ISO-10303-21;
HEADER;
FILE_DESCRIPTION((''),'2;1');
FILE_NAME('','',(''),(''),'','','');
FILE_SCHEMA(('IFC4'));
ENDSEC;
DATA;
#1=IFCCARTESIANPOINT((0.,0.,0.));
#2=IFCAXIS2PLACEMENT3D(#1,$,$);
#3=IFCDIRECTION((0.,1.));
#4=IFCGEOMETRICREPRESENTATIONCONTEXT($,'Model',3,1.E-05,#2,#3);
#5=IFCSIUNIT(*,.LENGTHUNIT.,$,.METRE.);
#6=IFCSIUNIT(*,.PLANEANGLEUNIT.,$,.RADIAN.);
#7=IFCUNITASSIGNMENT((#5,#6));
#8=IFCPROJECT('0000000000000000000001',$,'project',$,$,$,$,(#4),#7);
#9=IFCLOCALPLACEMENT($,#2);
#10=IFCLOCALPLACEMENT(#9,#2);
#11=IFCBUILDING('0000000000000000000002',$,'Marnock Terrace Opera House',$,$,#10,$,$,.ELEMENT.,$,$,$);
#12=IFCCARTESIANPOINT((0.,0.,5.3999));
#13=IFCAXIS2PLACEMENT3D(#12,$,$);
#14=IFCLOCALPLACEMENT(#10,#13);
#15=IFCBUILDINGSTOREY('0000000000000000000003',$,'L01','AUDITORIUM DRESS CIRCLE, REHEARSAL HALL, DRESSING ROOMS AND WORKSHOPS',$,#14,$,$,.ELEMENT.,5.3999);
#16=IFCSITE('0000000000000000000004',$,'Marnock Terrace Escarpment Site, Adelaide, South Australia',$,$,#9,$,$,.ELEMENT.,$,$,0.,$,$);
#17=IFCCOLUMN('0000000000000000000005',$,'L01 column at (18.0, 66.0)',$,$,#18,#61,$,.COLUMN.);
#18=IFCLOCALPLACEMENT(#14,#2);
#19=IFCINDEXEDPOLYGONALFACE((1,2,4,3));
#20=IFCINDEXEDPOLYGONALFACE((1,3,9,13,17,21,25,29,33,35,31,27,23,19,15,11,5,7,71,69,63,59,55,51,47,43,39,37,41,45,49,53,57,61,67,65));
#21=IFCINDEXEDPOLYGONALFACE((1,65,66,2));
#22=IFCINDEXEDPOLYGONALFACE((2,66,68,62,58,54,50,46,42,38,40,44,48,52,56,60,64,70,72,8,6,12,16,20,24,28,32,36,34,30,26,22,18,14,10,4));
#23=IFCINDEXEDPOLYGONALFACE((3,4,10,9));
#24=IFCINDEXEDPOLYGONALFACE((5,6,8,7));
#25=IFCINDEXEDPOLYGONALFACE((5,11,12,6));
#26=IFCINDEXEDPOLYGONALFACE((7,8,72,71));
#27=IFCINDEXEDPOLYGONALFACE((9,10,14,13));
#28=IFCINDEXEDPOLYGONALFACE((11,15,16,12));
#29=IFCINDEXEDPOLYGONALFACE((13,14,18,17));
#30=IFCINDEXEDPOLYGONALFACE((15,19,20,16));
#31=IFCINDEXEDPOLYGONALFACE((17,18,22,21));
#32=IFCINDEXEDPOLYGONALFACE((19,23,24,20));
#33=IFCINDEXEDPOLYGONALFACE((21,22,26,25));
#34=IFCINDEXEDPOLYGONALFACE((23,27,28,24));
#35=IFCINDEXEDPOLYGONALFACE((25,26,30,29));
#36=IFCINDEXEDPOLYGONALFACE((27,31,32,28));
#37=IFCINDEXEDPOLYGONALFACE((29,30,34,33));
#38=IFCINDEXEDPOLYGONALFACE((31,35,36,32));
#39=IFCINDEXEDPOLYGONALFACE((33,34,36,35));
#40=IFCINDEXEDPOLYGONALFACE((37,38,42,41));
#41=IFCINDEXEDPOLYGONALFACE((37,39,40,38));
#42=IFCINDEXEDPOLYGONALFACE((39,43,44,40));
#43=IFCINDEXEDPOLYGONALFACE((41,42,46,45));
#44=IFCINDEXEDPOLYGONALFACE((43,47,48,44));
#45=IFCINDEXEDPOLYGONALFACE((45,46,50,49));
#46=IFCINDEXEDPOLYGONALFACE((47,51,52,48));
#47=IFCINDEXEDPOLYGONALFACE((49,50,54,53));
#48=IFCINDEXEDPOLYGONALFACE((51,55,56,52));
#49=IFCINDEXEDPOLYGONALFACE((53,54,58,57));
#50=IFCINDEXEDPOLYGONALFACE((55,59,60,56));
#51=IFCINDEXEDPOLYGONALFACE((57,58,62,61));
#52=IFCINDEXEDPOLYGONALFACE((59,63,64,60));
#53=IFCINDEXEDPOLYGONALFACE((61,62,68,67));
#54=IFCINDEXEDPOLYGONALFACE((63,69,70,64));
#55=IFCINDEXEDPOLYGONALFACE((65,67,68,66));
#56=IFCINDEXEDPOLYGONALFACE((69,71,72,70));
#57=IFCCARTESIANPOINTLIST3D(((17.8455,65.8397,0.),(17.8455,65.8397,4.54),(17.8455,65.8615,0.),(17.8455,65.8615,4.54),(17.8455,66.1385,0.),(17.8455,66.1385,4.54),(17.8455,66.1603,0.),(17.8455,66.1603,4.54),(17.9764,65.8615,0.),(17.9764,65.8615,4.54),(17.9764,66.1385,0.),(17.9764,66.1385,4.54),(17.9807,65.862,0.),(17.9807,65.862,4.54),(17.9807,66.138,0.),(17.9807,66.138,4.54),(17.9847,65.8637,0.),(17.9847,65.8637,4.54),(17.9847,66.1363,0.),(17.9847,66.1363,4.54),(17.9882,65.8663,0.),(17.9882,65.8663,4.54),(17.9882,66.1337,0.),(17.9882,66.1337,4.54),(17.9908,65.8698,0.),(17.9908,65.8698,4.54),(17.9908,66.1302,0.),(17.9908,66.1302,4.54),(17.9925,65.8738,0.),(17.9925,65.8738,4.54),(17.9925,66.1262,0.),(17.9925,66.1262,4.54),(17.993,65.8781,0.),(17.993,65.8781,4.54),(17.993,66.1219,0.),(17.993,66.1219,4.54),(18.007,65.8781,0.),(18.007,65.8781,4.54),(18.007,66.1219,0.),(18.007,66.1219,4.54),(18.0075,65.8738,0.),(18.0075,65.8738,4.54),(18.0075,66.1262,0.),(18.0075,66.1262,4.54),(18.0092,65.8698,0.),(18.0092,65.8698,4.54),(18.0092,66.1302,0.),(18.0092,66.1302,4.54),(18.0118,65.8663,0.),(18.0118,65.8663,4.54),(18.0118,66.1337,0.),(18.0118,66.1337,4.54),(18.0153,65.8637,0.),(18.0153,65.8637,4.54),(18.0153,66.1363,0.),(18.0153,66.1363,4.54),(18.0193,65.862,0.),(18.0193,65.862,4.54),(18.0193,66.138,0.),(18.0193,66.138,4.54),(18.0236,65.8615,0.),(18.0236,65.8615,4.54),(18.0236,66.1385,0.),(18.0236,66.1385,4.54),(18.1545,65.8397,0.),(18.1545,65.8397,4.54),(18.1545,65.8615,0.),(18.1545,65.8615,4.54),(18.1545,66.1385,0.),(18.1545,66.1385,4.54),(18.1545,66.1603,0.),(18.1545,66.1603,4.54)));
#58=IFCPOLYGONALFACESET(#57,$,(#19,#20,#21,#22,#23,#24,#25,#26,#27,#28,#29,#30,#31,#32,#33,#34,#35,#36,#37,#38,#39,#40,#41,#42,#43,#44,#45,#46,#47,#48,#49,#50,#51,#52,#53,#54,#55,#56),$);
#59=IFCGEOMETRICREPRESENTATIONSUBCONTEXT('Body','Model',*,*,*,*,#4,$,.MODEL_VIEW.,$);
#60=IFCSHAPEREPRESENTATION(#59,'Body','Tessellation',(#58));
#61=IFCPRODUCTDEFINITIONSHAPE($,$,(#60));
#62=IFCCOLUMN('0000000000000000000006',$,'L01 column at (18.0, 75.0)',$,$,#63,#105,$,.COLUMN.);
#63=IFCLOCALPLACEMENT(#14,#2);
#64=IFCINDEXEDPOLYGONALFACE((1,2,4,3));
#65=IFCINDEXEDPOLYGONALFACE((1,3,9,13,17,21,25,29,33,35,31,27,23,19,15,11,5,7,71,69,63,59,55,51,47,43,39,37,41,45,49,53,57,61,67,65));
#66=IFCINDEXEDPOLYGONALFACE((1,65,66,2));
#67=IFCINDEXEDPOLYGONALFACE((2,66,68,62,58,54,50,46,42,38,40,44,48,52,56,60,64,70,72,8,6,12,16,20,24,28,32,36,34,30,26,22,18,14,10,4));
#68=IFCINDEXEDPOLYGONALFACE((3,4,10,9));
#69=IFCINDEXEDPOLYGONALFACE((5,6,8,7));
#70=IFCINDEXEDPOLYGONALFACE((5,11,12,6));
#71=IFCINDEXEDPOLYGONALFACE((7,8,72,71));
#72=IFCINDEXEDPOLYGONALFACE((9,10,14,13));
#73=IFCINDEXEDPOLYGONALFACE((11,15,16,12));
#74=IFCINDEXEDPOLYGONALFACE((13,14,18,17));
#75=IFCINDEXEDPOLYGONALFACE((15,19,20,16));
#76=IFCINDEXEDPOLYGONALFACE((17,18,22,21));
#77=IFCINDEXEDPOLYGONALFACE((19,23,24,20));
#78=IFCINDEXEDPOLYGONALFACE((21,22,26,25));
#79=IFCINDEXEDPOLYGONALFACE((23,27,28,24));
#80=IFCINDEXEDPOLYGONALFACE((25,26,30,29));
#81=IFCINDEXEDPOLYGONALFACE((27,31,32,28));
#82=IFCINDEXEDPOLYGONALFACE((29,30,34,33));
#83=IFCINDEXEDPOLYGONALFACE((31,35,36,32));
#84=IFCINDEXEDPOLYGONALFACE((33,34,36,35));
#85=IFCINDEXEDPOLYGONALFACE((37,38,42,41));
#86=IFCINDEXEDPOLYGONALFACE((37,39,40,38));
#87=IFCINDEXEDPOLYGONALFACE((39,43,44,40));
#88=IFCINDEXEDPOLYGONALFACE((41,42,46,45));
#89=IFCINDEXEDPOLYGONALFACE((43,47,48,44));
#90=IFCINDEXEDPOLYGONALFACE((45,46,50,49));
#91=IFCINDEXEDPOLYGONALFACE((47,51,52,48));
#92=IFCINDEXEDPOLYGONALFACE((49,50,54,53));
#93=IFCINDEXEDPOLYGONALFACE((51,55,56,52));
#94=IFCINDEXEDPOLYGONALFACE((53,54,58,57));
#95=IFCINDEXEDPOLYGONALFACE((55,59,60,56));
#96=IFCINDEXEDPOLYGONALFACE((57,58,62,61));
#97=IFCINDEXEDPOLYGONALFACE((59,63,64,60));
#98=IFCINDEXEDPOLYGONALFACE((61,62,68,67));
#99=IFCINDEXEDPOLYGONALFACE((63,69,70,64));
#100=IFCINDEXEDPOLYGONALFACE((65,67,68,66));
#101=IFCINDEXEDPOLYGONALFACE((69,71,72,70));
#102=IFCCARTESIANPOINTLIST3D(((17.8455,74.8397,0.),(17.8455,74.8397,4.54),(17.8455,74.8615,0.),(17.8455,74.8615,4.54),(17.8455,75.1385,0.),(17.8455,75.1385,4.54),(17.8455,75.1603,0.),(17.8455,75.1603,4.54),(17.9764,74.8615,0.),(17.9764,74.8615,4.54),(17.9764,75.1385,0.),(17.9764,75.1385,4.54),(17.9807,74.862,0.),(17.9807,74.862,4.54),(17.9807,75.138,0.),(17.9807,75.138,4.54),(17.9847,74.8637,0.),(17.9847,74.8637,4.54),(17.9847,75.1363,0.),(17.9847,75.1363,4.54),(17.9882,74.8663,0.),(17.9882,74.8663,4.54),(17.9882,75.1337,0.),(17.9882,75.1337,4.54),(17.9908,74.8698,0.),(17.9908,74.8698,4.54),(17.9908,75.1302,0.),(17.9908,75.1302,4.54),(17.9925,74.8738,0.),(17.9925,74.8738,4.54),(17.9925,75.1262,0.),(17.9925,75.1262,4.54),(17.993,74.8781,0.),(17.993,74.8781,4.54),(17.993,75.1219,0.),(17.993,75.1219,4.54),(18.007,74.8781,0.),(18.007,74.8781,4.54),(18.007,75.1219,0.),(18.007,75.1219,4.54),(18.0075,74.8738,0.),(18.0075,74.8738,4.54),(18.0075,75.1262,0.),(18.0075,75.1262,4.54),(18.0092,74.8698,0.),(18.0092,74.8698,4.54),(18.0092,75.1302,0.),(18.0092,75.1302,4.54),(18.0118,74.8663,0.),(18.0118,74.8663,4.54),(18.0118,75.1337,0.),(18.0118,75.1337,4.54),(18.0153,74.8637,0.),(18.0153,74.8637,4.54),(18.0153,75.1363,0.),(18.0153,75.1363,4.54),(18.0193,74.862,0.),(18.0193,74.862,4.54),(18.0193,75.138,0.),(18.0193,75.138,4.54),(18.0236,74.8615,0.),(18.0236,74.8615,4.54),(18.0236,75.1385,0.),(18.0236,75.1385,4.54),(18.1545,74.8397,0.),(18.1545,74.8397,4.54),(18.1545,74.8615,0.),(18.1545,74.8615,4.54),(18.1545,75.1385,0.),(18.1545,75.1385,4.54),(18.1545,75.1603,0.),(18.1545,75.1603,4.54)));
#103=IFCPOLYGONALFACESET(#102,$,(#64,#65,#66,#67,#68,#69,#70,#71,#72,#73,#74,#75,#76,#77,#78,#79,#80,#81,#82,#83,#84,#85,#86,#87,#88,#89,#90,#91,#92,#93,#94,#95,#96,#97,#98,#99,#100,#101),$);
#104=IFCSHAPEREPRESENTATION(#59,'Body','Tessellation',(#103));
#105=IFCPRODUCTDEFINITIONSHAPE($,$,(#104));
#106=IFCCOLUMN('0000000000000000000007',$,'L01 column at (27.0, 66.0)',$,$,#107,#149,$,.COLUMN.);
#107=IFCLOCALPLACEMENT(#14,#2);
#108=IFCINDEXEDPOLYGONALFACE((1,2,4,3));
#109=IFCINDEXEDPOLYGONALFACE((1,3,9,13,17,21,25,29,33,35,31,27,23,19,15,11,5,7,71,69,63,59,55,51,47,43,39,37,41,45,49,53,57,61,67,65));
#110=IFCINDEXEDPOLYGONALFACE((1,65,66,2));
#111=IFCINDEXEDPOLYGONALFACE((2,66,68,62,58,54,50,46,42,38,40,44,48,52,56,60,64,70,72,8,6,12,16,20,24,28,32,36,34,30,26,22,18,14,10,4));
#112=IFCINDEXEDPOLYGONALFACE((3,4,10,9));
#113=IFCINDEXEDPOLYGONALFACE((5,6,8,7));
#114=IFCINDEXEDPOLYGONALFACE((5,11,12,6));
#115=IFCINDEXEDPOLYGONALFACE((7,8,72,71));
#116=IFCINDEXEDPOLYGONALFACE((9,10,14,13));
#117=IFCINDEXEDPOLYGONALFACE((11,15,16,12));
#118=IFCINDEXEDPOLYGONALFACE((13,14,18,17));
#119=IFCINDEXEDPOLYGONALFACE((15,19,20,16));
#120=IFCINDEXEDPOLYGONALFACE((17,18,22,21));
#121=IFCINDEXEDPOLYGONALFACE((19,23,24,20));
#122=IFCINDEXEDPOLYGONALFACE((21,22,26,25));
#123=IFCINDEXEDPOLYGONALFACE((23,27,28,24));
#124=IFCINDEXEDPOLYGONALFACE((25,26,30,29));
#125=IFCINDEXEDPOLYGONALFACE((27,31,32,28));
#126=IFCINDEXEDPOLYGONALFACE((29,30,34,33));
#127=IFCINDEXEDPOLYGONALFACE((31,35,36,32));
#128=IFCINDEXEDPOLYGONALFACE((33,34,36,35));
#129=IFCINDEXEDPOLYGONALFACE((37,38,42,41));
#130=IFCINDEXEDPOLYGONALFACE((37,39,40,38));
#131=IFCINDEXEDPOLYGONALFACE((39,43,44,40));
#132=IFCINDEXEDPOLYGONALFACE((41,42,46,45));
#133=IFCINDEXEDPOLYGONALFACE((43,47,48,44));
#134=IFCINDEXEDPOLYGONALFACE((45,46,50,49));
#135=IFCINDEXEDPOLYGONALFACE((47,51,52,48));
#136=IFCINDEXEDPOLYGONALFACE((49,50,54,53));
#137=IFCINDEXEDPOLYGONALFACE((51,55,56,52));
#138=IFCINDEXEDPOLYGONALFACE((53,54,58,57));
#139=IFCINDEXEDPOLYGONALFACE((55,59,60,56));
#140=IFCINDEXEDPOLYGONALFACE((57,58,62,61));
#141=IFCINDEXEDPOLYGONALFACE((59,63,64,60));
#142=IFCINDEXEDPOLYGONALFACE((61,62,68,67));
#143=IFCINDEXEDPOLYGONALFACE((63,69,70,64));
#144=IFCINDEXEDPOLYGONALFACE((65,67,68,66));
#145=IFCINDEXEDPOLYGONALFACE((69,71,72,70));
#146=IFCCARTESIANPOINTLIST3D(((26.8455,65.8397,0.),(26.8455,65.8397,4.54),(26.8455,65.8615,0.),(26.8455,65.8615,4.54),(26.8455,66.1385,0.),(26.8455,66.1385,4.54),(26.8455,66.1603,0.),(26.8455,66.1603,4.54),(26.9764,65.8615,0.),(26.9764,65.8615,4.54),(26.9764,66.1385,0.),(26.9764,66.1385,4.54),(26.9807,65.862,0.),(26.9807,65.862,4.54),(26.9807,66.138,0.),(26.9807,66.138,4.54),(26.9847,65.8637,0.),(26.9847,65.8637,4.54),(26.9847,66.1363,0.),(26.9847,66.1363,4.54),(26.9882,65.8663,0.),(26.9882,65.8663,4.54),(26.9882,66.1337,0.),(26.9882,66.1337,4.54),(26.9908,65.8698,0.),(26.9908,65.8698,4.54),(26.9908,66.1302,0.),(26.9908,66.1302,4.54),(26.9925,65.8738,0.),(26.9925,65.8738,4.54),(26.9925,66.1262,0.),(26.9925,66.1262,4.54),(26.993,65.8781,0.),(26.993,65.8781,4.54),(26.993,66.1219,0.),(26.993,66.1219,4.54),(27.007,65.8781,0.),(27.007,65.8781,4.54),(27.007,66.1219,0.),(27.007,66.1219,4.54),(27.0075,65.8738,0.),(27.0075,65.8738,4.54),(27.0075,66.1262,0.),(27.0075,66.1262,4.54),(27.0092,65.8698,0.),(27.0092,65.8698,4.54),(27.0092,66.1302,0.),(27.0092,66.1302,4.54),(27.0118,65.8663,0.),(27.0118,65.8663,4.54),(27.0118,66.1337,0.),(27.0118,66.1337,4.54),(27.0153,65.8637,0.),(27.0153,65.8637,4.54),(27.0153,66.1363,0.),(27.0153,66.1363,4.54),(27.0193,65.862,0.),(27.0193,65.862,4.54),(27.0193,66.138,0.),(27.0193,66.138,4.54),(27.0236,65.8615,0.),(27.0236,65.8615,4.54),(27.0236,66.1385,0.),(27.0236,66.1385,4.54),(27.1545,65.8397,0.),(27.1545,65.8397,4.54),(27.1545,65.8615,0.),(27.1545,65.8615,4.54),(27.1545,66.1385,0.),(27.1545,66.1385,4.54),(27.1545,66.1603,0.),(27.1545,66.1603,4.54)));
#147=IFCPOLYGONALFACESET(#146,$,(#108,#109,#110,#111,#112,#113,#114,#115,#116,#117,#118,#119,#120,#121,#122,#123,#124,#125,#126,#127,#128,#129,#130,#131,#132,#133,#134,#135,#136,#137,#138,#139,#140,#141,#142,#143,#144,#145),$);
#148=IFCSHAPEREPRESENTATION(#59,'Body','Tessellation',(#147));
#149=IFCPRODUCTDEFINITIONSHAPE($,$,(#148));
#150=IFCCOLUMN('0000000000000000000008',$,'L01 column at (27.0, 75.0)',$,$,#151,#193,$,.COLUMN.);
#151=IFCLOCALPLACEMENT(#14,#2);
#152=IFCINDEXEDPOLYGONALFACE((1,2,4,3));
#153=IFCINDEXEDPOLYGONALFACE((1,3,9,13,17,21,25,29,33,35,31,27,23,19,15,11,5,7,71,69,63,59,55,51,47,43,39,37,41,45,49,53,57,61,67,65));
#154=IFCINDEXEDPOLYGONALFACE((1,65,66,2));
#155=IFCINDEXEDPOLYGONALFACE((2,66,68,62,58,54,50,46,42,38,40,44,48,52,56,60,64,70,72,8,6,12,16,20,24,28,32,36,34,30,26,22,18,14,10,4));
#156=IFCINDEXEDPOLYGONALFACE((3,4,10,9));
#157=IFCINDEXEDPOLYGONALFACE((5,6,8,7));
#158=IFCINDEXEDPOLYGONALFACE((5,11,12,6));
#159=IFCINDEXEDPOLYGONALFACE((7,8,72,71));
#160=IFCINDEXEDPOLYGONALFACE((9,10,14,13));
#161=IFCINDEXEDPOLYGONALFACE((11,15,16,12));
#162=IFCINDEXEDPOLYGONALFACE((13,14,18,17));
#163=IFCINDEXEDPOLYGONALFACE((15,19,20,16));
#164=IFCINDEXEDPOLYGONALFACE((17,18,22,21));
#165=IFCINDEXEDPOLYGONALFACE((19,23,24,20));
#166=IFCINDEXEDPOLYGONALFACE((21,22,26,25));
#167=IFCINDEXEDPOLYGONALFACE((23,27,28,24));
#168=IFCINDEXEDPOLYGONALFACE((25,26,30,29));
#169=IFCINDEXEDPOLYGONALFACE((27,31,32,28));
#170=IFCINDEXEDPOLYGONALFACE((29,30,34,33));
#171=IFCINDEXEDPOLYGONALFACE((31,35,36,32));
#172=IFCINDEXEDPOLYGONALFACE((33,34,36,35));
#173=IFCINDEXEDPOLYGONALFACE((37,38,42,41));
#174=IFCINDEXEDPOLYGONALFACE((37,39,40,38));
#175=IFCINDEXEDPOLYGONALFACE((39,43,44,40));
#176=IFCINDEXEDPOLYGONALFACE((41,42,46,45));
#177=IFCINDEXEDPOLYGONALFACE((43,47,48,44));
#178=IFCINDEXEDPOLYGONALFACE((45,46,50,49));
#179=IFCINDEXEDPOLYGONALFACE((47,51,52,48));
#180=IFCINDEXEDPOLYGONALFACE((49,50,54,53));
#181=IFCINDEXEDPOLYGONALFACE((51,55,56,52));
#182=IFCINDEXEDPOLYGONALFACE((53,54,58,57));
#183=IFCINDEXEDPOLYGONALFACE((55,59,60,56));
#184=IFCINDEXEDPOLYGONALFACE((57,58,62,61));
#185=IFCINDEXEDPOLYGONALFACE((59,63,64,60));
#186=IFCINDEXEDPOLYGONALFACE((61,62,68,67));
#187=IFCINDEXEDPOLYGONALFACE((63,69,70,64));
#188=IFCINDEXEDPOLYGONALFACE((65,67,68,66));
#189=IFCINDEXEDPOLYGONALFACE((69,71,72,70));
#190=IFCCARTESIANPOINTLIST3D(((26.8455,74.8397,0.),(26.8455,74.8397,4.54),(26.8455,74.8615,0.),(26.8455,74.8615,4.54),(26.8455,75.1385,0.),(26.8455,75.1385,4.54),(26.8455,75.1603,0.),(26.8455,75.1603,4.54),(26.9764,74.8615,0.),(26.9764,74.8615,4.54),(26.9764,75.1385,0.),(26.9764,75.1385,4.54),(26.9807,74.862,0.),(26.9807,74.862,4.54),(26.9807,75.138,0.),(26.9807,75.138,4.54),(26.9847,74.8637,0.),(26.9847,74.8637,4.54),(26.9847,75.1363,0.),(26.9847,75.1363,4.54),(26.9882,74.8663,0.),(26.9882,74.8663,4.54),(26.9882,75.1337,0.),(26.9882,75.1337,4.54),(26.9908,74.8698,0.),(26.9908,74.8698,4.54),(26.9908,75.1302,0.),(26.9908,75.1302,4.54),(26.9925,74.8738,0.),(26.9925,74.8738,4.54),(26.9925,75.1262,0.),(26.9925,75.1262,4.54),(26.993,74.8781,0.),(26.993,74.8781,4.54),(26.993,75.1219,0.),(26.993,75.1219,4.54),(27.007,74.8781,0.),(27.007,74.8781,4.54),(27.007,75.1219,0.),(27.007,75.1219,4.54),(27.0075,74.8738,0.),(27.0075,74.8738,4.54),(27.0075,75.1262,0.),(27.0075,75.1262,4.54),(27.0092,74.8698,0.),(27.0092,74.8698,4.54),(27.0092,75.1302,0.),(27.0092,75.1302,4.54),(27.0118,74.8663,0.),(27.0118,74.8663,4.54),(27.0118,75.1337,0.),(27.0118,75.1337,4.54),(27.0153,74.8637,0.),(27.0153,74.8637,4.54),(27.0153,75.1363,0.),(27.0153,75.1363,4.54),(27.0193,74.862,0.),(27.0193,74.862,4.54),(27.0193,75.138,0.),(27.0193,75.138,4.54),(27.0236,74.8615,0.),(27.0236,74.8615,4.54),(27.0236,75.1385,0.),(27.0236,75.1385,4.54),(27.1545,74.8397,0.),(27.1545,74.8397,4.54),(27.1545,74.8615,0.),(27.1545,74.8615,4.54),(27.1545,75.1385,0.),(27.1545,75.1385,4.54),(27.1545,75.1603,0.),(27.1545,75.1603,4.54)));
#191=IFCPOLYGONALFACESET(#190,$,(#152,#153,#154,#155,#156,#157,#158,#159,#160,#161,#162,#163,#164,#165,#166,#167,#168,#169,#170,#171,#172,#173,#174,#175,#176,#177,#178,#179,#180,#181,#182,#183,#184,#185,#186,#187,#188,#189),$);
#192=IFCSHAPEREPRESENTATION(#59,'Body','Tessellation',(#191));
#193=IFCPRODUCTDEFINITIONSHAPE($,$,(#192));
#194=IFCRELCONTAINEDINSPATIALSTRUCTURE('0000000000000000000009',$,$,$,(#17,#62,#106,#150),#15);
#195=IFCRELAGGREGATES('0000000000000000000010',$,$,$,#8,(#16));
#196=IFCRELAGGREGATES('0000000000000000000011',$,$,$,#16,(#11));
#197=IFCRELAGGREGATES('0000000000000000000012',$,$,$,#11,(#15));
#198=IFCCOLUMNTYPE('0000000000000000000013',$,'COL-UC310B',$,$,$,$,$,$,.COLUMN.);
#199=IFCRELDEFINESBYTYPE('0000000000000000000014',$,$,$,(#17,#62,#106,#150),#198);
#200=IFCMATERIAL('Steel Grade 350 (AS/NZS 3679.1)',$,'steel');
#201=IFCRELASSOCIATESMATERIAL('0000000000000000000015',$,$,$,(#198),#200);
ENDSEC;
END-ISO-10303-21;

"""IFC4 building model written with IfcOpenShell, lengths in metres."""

from ifc_helpers import new_model, si_unit, direction, frame, origin, origin_2d, place, context, subcontext, project, spatial, i_section, extrude, material, material_profile, profile_set, type_object, element, save


model = new_model("IFC4")

# Units and contexts
model_context = context("Model", 3, precision=1e-05, world=origin(), true_north=direction((0.0, 1.0)))
body_context = subcontext(model_context, "Body", "Model", "MODEL_VIEW")
ifc_project = project(units=[si_unit("LENGTHUNIT", "METRE"), si_unit("PLANEANGLEUNIT", "RADIAN")], contexts=[model_context])

# Site, building, storey
site_placement = place(None, origin())
site = spatial("IfcSite", under=ifc_project, at=site_placement, Name="Marnock Terrace Escarpment Site, Adelaide, South Australia", CompositionType="ELEMENT", RefElevation=0.0)
building_placement = place(site_placement, origin())
building = spatial("IfcBuilding", under=site, at=building_placement, Name="Marnock Terrace Opera House", CompositionType="ELEMENT")
storey_placement = place(building_placement, frame((0.0, 0.0, 5.3999)))
storey = spatial("IfcBuildingStorey", under=building, at=storey_placement, Name="L01", Description="AUDITORIUM DRESS CIRCLE, REHEARSAL HALL, DRESSING ROOMS AND WORKSHOPS", CompositionType="ELEMENT", Elevation=5.3999)

# Columns
ifc_material_1 = material(Name="Steel Grade 350 (AS/NZS 3679.1)", Category="steel")
ifc_material_profile_1 = material_profile(ifc_material_1, i_section(OverallWidth=0.3091, OverallDepth=0.3206, WebThickness=0.0139, FlangeThickness=0.0217, FilletRadius=0.0166, at=origin_2d()))
ifc_profile_set_1 = profile_set([ifc_material_profile_1], Name="Steel Grade 350 (AS/NZS 3679.1)")
column_type = type_object("IfcColumnType", Name="COL-UC310B", PredefinedType="COLUMN", material=ifc_profile_set_1)
for number, where, z_axis, x_axis, name in (
    (1, (18.0, 66.0, 0.0), (0.0, 0.0, 1.0), (1.0, 0.0, 0.0), "L01 column at (18.0, 66.0)"),
    (2, (18.0, 75.0, 0.0), (0.0, 0.0, 1.0), (1.0, 0.0, 0.0), "L01 column at (18.0, 75.0)"),
    (3, (27.0, 66.0, 0.0), (0.0, 0.0, 1.0), (1.0, 0.0, 0.0), "L01 column at (27.0, 66.0)"),
    (4, (27.0, 75.0, 0.0), (0.0, 0.0, 1.0), (1.0, 0.0, 0.0), "L01 column at (27.0, 75.0)"),
):
    element("IfcColumn", number, at=place(storey_placement, frame(where, z_axis=z_axis, x_axis=x_axis)), inside=storey, type_object=column_type, Name=name, PredefinedType="COLUMN", context=body_context, shape_type="SweptSolid", body=[
        extrude(i_section(OverallWidth=0.3091, OverallDepth=0.3206, WebThickness=0.0139, FlangeThickness=0.0217, FilletRadius=0.0166, at=origin_2d()), origin(), (0.0, 0.0, 1.0), 4.54),
    ])

save(model, "model.ifc")
